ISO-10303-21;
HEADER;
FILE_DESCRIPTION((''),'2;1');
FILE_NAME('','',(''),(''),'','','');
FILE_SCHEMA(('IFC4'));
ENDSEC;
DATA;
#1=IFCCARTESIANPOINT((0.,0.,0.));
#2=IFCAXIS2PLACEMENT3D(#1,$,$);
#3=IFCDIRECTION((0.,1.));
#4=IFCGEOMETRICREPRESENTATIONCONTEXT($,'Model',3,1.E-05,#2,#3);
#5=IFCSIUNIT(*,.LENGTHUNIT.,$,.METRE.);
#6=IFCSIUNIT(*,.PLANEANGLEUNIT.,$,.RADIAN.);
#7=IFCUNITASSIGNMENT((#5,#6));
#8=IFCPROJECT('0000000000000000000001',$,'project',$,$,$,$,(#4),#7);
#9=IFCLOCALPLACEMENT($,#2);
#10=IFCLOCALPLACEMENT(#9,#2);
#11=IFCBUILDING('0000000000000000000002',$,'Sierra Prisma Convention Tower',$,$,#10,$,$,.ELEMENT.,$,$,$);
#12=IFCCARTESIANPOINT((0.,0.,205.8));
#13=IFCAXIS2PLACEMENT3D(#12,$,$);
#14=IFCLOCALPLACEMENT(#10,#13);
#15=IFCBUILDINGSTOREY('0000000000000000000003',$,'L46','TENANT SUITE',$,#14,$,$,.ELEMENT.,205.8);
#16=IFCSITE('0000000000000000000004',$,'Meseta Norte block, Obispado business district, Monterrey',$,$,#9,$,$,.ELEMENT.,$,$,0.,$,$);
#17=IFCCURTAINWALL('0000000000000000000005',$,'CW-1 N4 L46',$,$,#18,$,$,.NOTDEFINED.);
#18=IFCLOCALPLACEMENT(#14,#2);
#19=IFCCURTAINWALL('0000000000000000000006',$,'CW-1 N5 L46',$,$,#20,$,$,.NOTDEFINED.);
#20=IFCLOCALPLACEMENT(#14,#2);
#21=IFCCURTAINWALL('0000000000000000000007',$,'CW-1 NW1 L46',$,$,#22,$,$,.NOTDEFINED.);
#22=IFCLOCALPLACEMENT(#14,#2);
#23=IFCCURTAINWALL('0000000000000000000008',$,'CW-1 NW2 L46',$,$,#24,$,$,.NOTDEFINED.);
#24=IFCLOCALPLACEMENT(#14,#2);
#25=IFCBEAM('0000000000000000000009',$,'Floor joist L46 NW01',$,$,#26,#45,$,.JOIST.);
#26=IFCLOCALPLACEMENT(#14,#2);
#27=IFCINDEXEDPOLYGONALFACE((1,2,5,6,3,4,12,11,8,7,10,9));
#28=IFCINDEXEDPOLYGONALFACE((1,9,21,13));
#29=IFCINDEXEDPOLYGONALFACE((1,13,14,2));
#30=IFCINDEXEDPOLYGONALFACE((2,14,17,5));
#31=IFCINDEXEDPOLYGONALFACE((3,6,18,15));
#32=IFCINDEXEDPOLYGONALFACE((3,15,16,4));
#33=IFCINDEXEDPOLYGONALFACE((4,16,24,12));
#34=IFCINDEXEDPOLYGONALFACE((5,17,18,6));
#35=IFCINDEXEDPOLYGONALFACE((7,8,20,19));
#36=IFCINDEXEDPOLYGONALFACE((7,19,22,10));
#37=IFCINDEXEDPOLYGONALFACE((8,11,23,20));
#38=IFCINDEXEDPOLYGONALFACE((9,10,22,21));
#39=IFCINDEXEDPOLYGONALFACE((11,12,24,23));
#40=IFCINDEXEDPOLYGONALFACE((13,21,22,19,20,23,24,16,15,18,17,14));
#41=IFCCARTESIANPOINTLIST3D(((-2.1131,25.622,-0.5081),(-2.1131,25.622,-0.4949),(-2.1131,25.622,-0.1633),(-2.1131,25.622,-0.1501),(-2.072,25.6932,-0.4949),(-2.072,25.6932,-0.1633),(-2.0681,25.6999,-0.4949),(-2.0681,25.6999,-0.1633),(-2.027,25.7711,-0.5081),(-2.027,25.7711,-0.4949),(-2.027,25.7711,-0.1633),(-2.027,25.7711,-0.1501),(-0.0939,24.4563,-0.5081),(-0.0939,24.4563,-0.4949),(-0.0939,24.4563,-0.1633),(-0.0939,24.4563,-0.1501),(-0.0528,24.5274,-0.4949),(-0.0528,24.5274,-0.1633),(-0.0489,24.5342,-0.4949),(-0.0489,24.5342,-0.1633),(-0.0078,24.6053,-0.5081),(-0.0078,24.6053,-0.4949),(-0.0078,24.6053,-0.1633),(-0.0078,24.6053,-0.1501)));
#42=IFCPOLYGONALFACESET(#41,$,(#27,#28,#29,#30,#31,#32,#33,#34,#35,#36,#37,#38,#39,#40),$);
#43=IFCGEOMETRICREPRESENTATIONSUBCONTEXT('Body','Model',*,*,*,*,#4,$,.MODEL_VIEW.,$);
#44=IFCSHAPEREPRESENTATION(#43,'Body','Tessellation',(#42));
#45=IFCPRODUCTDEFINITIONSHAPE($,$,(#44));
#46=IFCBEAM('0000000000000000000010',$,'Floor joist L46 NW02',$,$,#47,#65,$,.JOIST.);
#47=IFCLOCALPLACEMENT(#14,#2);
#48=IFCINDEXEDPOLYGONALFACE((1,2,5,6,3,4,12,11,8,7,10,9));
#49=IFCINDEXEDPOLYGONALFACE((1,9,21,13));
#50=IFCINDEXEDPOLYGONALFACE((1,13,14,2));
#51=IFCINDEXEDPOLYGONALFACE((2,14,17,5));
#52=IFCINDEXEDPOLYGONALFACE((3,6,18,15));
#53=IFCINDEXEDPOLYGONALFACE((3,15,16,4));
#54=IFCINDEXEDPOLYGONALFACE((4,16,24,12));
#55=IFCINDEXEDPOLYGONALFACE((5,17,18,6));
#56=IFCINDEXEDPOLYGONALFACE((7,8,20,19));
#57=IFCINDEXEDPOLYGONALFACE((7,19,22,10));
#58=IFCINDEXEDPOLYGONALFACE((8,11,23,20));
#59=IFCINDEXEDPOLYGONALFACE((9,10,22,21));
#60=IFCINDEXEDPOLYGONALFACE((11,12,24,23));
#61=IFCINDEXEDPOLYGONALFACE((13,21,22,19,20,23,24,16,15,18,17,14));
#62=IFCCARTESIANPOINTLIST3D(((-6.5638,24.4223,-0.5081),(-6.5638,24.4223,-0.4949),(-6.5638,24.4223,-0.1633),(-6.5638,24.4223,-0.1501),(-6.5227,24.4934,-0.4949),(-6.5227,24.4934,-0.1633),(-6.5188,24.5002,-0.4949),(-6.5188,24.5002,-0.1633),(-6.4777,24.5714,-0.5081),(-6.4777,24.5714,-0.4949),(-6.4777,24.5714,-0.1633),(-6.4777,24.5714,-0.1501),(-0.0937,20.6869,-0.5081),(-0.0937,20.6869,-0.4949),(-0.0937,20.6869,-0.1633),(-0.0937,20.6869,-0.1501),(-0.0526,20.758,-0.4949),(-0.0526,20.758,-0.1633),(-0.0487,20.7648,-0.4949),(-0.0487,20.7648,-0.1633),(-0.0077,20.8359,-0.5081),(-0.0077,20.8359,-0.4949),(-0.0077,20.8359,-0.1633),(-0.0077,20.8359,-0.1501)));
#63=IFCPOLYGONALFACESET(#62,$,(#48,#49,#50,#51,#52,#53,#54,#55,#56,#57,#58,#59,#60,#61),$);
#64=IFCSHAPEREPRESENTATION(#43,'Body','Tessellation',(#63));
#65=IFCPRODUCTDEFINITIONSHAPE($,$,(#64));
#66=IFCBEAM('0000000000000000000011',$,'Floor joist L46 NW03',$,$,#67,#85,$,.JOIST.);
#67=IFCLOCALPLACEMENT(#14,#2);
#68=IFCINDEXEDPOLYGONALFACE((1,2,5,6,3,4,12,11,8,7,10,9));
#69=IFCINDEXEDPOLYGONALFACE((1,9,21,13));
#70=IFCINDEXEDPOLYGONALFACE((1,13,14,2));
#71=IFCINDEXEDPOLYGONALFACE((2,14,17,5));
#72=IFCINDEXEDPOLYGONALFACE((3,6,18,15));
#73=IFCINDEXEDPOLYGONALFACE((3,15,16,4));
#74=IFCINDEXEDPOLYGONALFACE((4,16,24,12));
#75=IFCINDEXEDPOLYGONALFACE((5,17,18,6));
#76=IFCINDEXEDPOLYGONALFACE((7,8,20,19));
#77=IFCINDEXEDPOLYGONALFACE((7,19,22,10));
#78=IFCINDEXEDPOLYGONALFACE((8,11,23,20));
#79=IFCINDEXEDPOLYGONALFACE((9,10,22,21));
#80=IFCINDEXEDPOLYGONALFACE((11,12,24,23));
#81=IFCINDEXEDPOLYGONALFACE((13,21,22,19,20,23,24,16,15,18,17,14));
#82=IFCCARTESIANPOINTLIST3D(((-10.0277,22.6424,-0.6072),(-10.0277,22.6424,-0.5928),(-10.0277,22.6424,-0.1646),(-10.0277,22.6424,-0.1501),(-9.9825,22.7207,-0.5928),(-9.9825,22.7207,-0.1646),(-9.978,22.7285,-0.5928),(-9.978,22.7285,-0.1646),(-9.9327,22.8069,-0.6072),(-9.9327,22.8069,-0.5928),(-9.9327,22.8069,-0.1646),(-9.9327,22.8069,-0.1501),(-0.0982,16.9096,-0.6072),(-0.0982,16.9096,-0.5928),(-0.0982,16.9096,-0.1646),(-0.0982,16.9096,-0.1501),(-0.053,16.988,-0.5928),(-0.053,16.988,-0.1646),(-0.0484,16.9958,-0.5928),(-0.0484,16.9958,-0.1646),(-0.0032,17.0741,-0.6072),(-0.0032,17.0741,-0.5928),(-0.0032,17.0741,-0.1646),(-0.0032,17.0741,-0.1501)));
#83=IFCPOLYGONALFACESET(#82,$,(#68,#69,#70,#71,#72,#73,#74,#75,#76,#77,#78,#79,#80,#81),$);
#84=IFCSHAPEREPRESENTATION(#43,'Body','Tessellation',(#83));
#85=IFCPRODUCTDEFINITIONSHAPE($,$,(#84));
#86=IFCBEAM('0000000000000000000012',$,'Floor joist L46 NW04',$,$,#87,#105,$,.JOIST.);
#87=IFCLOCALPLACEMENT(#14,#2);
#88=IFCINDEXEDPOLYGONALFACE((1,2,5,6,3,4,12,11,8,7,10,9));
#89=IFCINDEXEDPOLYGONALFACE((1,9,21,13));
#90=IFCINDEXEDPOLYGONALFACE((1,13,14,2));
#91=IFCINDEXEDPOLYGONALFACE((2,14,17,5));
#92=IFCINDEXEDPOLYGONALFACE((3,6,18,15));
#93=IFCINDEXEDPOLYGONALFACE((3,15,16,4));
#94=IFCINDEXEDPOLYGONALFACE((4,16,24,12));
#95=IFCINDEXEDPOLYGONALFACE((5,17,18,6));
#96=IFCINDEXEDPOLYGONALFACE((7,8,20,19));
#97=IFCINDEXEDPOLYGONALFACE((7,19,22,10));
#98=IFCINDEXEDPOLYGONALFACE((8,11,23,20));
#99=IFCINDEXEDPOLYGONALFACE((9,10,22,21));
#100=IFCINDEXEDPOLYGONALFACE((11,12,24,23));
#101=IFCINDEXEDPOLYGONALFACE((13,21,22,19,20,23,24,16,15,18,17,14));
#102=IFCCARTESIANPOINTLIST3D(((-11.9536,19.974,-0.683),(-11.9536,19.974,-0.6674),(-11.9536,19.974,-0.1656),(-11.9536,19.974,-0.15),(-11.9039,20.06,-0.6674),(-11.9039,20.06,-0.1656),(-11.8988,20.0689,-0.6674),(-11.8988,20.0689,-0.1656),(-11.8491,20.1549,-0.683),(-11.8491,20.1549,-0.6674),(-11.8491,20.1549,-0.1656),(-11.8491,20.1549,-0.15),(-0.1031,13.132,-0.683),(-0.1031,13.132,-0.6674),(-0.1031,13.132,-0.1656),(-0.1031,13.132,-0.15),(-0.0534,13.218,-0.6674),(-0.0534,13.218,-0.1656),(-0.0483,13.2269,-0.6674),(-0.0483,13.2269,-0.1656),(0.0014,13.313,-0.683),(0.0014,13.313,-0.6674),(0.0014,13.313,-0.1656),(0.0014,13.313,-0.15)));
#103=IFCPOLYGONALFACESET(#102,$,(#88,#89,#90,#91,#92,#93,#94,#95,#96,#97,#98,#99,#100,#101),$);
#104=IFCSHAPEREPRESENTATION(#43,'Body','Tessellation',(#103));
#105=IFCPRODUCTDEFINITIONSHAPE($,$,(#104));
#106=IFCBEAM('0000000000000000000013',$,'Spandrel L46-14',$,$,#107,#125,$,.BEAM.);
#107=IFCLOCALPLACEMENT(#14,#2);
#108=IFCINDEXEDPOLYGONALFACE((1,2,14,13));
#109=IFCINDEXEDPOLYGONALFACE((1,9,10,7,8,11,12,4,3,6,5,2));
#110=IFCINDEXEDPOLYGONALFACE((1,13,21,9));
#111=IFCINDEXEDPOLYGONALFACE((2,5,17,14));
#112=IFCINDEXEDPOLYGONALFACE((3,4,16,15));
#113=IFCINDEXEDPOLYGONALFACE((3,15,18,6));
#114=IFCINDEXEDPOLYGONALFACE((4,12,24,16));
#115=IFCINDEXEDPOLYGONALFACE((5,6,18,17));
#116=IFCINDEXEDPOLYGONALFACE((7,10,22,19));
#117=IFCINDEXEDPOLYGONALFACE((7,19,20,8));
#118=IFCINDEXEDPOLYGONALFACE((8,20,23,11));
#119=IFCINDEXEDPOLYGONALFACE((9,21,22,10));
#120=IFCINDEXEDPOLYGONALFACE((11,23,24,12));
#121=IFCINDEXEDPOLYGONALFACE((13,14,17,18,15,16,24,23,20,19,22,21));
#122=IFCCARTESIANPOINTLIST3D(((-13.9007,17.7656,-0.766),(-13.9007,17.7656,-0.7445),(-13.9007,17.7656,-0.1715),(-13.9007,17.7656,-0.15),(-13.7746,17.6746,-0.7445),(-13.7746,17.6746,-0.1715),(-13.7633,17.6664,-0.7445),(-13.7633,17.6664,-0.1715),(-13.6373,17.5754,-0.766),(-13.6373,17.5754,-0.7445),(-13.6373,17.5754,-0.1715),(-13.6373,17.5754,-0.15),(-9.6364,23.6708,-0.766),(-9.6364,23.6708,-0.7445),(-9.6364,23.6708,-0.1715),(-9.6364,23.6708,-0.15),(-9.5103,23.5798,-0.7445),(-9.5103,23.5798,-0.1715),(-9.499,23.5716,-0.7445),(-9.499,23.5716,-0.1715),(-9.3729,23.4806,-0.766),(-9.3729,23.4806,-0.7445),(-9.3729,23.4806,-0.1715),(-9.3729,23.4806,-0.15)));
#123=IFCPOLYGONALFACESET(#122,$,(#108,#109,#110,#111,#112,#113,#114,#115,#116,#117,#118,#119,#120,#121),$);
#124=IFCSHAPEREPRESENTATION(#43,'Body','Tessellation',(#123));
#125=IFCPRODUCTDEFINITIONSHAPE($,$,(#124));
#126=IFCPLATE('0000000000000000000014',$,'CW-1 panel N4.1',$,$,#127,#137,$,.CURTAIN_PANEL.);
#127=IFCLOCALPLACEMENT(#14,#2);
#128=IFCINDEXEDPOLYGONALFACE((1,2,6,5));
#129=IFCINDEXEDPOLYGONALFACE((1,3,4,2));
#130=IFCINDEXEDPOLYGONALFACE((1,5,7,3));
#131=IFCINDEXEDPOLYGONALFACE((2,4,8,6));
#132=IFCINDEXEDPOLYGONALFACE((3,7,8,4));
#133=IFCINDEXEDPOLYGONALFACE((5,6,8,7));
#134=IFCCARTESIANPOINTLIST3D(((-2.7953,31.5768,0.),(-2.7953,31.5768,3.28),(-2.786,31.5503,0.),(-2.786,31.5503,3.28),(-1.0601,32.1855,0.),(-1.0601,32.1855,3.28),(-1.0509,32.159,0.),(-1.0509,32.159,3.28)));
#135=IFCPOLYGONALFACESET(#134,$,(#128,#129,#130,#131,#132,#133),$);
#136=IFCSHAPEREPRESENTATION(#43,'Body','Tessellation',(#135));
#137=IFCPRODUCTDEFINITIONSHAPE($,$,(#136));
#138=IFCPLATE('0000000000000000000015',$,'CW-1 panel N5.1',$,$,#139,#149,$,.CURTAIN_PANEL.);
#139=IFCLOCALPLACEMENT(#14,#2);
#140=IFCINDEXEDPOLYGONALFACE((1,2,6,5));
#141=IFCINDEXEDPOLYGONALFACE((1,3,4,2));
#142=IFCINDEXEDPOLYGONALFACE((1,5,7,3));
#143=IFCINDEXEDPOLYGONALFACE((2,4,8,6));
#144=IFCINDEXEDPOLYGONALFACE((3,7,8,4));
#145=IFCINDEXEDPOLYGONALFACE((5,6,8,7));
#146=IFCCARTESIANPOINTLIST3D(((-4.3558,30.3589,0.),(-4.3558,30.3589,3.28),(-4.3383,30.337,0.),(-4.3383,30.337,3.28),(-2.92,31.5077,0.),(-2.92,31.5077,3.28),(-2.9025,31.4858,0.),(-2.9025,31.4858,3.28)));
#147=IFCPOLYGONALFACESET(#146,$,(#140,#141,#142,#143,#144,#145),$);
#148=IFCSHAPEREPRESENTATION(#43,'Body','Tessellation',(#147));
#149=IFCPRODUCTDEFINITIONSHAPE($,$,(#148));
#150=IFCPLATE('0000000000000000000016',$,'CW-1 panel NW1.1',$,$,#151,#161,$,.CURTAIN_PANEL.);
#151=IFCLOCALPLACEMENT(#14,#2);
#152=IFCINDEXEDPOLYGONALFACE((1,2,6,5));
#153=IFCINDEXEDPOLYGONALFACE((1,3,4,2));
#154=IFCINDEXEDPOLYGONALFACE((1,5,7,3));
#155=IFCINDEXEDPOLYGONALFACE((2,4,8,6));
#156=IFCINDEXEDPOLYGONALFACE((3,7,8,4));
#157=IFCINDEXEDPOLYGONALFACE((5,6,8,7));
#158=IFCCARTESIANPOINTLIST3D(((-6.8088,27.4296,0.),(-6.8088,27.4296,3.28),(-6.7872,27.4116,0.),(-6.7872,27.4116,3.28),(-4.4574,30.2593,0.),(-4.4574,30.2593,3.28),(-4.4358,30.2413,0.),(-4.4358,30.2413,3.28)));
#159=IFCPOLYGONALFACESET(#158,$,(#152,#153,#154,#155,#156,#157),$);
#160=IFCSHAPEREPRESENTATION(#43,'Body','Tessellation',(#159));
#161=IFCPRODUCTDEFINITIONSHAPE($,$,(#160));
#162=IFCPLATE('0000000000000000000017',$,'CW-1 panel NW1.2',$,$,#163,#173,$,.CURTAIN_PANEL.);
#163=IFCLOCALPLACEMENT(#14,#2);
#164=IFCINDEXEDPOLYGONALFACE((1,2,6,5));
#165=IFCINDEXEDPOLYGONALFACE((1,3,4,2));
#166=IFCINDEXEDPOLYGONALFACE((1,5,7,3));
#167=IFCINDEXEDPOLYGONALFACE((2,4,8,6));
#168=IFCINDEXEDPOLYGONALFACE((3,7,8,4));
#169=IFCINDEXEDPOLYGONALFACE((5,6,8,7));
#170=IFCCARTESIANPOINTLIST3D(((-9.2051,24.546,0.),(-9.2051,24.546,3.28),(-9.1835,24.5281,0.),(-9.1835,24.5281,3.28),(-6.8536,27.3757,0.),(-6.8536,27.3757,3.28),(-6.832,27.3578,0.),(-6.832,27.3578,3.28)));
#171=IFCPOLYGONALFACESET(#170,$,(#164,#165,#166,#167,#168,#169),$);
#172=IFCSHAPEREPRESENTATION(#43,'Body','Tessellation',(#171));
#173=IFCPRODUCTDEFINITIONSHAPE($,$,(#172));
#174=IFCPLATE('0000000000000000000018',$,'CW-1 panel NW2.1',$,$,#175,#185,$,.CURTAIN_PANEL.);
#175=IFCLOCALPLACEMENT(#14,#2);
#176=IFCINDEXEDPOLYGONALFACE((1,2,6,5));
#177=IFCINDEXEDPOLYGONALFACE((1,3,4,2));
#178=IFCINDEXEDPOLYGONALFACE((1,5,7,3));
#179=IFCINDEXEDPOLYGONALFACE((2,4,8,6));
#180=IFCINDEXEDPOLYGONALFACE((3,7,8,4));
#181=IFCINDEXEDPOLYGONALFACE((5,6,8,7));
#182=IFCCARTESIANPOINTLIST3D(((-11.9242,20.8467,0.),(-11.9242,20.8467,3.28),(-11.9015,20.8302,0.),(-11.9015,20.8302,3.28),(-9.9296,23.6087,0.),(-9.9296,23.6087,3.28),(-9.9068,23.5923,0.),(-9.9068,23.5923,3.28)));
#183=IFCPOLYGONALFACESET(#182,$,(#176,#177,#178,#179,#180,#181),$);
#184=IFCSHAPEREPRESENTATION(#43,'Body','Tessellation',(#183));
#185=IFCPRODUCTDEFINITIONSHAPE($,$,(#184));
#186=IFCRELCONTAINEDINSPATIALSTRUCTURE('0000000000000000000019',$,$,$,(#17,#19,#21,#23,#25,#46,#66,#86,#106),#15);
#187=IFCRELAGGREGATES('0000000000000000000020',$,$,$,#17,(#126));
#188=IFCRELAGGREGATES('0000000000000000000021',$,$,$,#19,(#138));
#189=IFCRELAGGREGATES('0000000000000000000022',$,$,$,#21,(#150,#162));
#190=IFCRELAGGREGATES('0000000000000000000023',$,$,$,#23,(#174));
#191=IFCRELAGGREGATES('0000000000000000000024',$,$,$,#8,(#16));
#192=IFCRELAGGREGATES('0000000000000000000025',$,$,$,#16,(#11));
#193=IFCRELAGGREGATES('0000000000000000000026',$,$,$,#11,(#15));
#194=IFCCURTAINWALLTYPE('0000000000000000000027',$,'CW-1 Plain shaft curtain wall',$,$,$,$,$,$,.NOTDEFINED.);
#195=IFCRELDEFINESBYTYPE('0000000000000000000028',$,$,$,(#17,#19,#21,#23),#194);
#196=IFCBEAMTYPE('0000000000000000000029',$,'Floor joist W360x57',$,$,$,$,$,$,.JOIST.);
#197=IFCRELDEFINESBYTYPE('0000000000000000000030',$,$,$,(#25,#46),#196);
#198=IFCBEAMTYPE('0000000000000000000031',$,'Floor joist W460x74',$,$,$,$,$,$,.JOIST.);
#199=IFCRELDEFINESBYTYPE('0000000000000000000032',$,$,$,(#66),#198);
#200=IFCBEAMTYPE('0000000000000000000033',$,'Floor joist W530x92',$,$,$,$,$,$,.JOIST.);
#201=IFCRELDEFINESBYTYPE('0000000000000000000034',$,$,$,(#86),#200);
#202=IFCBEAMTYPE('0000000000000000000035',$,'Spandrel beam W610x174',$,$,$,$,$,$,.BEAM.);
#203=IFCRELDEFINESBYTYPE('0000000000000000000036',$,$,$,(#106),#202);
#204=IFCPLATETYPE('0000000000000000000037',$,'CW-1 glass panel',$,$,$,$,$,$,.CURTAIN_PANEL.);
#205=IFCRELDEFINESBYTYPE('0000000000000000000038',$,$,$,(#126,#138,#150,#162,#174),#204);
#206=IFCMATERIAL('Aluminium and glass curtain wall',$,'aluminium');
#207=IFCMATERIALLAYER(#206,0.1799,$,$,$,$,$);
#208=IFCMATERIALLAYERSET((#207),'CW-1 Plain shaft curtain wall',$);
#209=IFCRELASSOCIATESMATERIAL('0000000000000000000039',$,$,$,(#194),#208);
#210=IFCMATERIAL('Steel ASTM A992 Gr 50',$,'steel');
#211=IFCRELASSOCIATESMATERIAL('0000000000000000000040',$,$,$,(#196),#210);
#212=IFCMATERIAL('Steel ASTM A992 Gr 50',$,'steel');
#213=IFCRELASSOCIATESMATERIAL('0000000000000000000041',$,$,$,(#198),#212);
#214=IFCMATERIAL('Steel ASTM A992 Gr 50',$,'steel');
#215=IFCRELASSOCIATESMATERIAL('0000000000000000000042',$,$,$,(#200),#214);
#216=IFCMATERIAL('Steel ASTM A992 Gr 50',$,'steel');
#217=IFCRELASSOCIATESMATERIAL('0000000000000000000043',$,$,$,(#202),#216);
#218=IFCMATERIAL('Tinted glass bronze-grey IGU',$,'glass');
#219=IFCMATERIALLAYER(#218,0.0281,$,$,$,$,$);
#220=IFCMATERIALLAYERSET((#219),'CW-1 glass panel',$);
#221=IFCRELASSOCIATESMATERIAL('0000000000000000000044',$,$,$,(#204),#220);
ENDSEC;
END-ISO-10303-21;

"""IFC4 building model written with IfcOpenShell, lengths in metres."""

from ifc_helpers import new_model, si_unit, direction, frame, origin, origin_2d, place, context, subcontext, project, spatial, rectangle, i_section, extrude, material, layer, layer_set, material_profile, profile_set, type_object, element, aggregate, save


model = new_model("IFC4")

# Units and contexts
model_context = context("Model", 3, precision=1e-05, world=origin(), true_north=direction((0.0, 1.0)))
body_context = subcontext(model_context, "Body", "Model", "MODEL_VIEW")
ifc_project = project(units=[si_unit("LENGTHUNIT", "METRE"), si_unit("PLANEANGLEUNIT", "RADIAN")], contexts=[model_context])

# Site, building, storey
site_placement = place(None, origin())
site = spatial("IfcSite", under=ifc_project, at=site_placement, Name="Meseta Norte block, Obispado business district, Monterrey", CompositionType="ELEMENT", RefElevation=0.0)
building_placement = place(site_placement, origin())
building = spatial("IfcBuilding", under=site, at=building_placement, Name="Sierra Prisma Convention Tower", CompositionType="ELEMENT")
storey_placement = place(building_placement, frame((0.0, 0.0, 205.8)))
storey = spatial("IfcBuildingStorey", under=building, at=storey_placement, Name="L46", Description="TENANT SUITE", CompositionType="ELEMENT", Elevation=205.8)

# Curtain walls
ifc_material_1 = material(Name="Aluminium and glass curtain wall", Category="aluminium")
ifc_layer_1 = layer(ifc_material_1, 0.1799)
ifc_layer_set_1 = layer_set([ifc_layer_1], Name="CW-1 Plain shaft curtain wall")
curtain_wall_type = type_object("IfcCurtainWallType", Name="CW-1 Plain shaft curtain wall", PredefinedType="NOTDEFINED", material=ifc_layer_set_1)
curtain_wall_1_placement = place(storey_placement, origin())
curtain_wall_1 = element("IfcCurtainWall", 1, at=curtain_wall_1_placement, inside=storey, type_object=curtain_wall_type, Name="CW-1 N4 L46", PredefinedType="NOTDEFINED")
curtain_wall_2_placement = place(storey_placement, origin())
curtain_wall_2 = element("IfcCurtainWall", 2, at=curtain_wall_2_placement, inside=storey, type_object=curtain_wall_type, Name="CW-1 N5 L46", PredefinedType="NOTDEFINED")

# Curtain walls
curtain_wall_3_placement = place(storey_placement, origin())
curtain_wall_3 = element("IfcCurtainWall", 3, at=curtain_wall_3_placement, inside=storey, type_object=curtain_wall_type, Name="CW-1 NW1 L46", PredefinedType="NOTDEFINED")
curtain_wall_4_placement = place(storey_placement, origin())
curtain_wall_4 = element("IfcCurtainWall", 4, at=curtain_wall_4_placement, inside=storey, type_object=curtain_wall_type, Name="CW-1 NW2 L46", PredefinedType="NOTDEFINED")

# Beams
ifc_material_2 = material(Name="Steel ASTM A992 Gr 50", Category="steel")
ifc_material_profile_1 = material_profile(ifc_material_2, i_section(OverallWidth=0.1721, OverallDepth=0.3579, WebThickness=0.0078, FlangeThickness=0.0132, at=origin_2d()), Name="W360x57")
ifc_profile_set_1 = profile_set([ifc_material_profile_1], Name="Steel ASTM A992 Gr 50")
beam_type_1 = type_object("IfcBeamType", Name="Floor joist W360x57", PredefinedType="JOIST", material=ifc_profile_set_1)
beam_1_placement = place(storey_placement, frame((-2.0701, 25.6965, -0.3291), z_axis=(0.866037, -0.499979, 0.0), x_axis=(0.499979, 0.866037, 0.0)))
element("IfcBeam", 5, at=beam_1_placement, inside=storey, type_object=beam_type_1, Name="Floor joist L46 NW01", PredefinedType="JOIST", context=body_context, shape_type="SweptSolid", body=[
    extrude(i_section(OverallWidth=0.1721, OverallDepth=0.3579, WebThickness=0.0078, FlangeThickness=0.0132, at=origin_2d()), origin(), (0.0, 0.0, 1.0), 2.3315),
])
beam_2_placement = place(storey_placement, frame((-6.5208, 24.4968, -0.3291), z_axis=(0.86603, -0.499991, 0.0), x_axis=(0.499991, 0.86603, 0.0)))
element("IfcBeam", 6, at=beam_2_placement, inside=storey, type_object=beam_type_1, Name="Floor joist L46 NW02", PredefinedType="JOIST", context=body_context, shape_type="SweptSolid", body=[
    extrude(i_section(OverallWidth=0.1721, OverallDepth=0.3579, WebThickness=0.0078, FlangeThickness=0.0132, at=origin_2d()), origin(), (0.0, 0.0, 1.0), 7.4709),
])
ifc_material_3 = material(Name="Steel ASTM A992 Gr 50", Category="steel")
ifc_material_profile_2 = material_profile(ifc_material_3, i_section(OverallWidth=0.1899, OverallDepth=0.457, WebThickness=0.009, FlangeThickness=0.0144, at=origin_2d()), Name="W460x74")
ifc_profile_set_2 = profile_set([ifc_material_profile_2], Name="Steel ASTM A992 Gr 50")
beam_type_2 = type_object("IfcBeamType", Name="Floor joist W460x74", PredefinedType="JOIST", material=ifc_profile_set_2)
beam_3_placement = place(storey_placement, frame((-9.9802, 22.7246, -0.3787), z_axis=(0.866029, -0.499993, 0.0), x_axis=(0.499993, 0.866029, 0.0)))
element("IfcBeam", 7, at=beam_3_placement, inside=storey, type_object=beam_type_2, Name="Floor joist L46 NW03", PredefinedType="JOIST", context=body_context, shape_type="SweptSolid", body=[
    extrude(i_section(OverallWidth=0.1899, OverallDepth=0.457, WebThickness=0.009, FlangeThickness=0.0144, at=origin_2d()), origin(), (0.0, 0.0, 1.0), 11.4656),
])
ifc_material_4 = material(Name="Steel ASTM A992 Gr 50", Category="steel")
ifc_material_profile_3 = material_profile(ifc_material_4, i_section(OverallWidth=0.209, OverallDepth=0.533, WebThickness=0.0103, FlangeThickness=0.0156, at=origin_2d()), Name="W530x92")
ifc_profile_set_3 = profile_set([ifc_material_profile_3], Name="Steel ASTM A992 Gr 50")
beam_type_3 = type_object("IfcBeamType", Name="Floor joist W530x92", PredefinedType="JOIST", material=ifc_profile_set_3)
beam_4_placement = place(storey_placement, frame((-11.9014, 20.0645, -0.4165), z_axis=(0.866022, -0.500006, 0.0), x_axis=(0.500006, 0.866022, 0.0)))
element("IfcBeam", 8, at=beam_4_placement, inside=storey, type_object=beam_type_3, Name="Floor joist L46 NW04", PredefinedType="JOIST", context=body_context, shape_type="SweptSolid", body=[
    extrude(i_section(OverallWidth=0.209, OverallDepth=0.533, WebThickness=0.0103, FlangeThickness=0.0156, at=origin_2d()), origin(), (0.0, 0.0, 1.0), 13.6838),
])
ifc_material_5 = material(Name="Steel ASTM A992 Gr 50", Category="steel")
ifc_material_profile_4 = material_profile(ifc_material_5, i_section(OverallWidth=0.325, OverallDepth=0.616, WebThickness=0.0139, FlangeThickness=0.0215, at=origin_2d()), Name="W610x174")
ifc_profile_set_4 = profile_set([ifc_material_profile_4], Name="Steel ASTM A992 Gr 50")
beam_type_4 = type_object("IfcBeamType", Name="Spandrel beam W610x174", PredefinedType="BEAM", material=ifc_profile_set_4)
beam_5_placement = place(storey_placement, frame((-9.5046, 23.5757, -0.458), z_axis=(-0.585444, -0.810713, 0.0), x_axis=(0.810713, -0.585444, 0.0)))
element("IfcBeam", 9, at=beam_5_placement, inside=storey, type_object=beam_type_4, Name="Spandrel L46-14", PredefinedType="BEAM", context=body_context, shape_type="SweptSolid", body=[
    extrude(i_section(OverallWidth=0.325, OverallDepth=0.616, WebThickness=0.0139, FlangeThickness=0.0215, at=origin_2d()), origin(), (0.0, 0.0, 1.0), 7.2839),
])

# Plates
ifc_material_6 = material(Name="Tinted glass bronze-grey IGU", Category="glass")
ifc_layer_2 = layer(ifc_material_6, 0.0281)
ifc_layer_set_2 = layer_set([ifc_layer_2], Name="CW-1 glass panel")
plate_type = type_object("IfcPlateType", Name="CW-1 glass panel", PredefinedType="CURTAIN_PANEL", material=ifc_layer_set_2)
plate_1_placement = place(storey_placement, frame((-1.9231, 31.8679, 0.0), z_axis=(0.0, 0.0, 1.0), x_axis=(-0.943618, -0.331035, 0.0)))
plate_1 = element("IfcPlate", 10, at=plate_1_placement, type_object=plate_type, Name="CW-1 panel N4.1", PredefinedType="CURTAIN_PANEL", context=body_context, shape_type="SweptSolid", body=[
    extrude(rectangle(XDim=1.8389, YDim=0.0281, at=origin_2d()), origin(), (0.0, 0.0, 1.0), 3.28),
])
aggregate(curtain_wall_1, [plate_1])
plate_2_placement = place(storey_placement, frame((-3.6292, 30.9224, 0.0), z_axis=(0.0, 0.0, 1.0), x_axis=(-0.780832, -0.624742, 0.0)))
plate_2 = element("IfcPlate", 11, at=plate_2_placement, type_object=plate_type, Name="CW-1 panel N5.1", PredefinedType="CURTAIN_PANEL", context=body_context, shape_type="SweptSolid", body=[
    extrude(rectangle(XDim=1.8389, YDim=0.0281, at=origin_2d()), origin(), (0.0, 0.0, 1.0), 3.28),
])
aggregate(curtain_wall_2, [plate_2])
plate_3_placement = place(storey_placement, frame((-5.6223, 28.8354, 0.0), z_axis=(0.0, 0.0, 1.0), x_axis=(-0.639114, -0.769112, 0.0)))
plate_3 = element("IfcPlate", 12, at=plate_3_placement, type_object=plate_type, Name="CW-1 panel NW1.1", PredefinedType="CURTAIN_PANEL", context=body_context, shape_type="SweptSolid", body=[
    extrude(rectangle(XDim=3.6792, YDim=0.0281, at=origin_2d()), origin(), (0.0, 0.0, 1.0), 3.28),
])
plate_4_placement = place(storey_placement, frame((-8.0186, 25.9519, 0.0), z_axis=(0.0, 0.0, 1.0), x_axis=(-0.639114, -0.769112, 0.0)))
plate_4 = element("IfcPlate", 13, at=plate_4_placement, type_object=plate_type, Name="CW-1 panel NW1.2", PredefinedType="CURTAIN_PANEL", context=body_context, shape_type="SweptSolid", body=[
    extrude(rectangle(XDim=3.6792, YDim=0.0281, at=origin_2d()), origin(), (0.0, 0.0, 1.0), 3.28),
])
aggregate(curtain_wall_3, [plate_3, plate_4])
plate_5_placement = place(storey_placement, frame((-10.9155, 22.2195, 0.0), z_axis=(0.0, 0.0, 1.0), x_axis=(-0.58546, -0.810701, 0.0)))
plate_5 = element("IfcPlate", 14, at=plate_5_placement, type_object=plate_type, Name="CW-1 panel NW2.1", PredefinedType="CURTAIN_PANEL", context=body_context, shape_type="SweptSolid", body=[
    extrude(rectangle(XDim=3.407, YDim=0.0281, at=origin_2d()), origin(), (0.0, 0.0, 1.0), 3.28),
])
aggregate(curtain_wall_4, [plate_5])

save(model, "model.ifc")
